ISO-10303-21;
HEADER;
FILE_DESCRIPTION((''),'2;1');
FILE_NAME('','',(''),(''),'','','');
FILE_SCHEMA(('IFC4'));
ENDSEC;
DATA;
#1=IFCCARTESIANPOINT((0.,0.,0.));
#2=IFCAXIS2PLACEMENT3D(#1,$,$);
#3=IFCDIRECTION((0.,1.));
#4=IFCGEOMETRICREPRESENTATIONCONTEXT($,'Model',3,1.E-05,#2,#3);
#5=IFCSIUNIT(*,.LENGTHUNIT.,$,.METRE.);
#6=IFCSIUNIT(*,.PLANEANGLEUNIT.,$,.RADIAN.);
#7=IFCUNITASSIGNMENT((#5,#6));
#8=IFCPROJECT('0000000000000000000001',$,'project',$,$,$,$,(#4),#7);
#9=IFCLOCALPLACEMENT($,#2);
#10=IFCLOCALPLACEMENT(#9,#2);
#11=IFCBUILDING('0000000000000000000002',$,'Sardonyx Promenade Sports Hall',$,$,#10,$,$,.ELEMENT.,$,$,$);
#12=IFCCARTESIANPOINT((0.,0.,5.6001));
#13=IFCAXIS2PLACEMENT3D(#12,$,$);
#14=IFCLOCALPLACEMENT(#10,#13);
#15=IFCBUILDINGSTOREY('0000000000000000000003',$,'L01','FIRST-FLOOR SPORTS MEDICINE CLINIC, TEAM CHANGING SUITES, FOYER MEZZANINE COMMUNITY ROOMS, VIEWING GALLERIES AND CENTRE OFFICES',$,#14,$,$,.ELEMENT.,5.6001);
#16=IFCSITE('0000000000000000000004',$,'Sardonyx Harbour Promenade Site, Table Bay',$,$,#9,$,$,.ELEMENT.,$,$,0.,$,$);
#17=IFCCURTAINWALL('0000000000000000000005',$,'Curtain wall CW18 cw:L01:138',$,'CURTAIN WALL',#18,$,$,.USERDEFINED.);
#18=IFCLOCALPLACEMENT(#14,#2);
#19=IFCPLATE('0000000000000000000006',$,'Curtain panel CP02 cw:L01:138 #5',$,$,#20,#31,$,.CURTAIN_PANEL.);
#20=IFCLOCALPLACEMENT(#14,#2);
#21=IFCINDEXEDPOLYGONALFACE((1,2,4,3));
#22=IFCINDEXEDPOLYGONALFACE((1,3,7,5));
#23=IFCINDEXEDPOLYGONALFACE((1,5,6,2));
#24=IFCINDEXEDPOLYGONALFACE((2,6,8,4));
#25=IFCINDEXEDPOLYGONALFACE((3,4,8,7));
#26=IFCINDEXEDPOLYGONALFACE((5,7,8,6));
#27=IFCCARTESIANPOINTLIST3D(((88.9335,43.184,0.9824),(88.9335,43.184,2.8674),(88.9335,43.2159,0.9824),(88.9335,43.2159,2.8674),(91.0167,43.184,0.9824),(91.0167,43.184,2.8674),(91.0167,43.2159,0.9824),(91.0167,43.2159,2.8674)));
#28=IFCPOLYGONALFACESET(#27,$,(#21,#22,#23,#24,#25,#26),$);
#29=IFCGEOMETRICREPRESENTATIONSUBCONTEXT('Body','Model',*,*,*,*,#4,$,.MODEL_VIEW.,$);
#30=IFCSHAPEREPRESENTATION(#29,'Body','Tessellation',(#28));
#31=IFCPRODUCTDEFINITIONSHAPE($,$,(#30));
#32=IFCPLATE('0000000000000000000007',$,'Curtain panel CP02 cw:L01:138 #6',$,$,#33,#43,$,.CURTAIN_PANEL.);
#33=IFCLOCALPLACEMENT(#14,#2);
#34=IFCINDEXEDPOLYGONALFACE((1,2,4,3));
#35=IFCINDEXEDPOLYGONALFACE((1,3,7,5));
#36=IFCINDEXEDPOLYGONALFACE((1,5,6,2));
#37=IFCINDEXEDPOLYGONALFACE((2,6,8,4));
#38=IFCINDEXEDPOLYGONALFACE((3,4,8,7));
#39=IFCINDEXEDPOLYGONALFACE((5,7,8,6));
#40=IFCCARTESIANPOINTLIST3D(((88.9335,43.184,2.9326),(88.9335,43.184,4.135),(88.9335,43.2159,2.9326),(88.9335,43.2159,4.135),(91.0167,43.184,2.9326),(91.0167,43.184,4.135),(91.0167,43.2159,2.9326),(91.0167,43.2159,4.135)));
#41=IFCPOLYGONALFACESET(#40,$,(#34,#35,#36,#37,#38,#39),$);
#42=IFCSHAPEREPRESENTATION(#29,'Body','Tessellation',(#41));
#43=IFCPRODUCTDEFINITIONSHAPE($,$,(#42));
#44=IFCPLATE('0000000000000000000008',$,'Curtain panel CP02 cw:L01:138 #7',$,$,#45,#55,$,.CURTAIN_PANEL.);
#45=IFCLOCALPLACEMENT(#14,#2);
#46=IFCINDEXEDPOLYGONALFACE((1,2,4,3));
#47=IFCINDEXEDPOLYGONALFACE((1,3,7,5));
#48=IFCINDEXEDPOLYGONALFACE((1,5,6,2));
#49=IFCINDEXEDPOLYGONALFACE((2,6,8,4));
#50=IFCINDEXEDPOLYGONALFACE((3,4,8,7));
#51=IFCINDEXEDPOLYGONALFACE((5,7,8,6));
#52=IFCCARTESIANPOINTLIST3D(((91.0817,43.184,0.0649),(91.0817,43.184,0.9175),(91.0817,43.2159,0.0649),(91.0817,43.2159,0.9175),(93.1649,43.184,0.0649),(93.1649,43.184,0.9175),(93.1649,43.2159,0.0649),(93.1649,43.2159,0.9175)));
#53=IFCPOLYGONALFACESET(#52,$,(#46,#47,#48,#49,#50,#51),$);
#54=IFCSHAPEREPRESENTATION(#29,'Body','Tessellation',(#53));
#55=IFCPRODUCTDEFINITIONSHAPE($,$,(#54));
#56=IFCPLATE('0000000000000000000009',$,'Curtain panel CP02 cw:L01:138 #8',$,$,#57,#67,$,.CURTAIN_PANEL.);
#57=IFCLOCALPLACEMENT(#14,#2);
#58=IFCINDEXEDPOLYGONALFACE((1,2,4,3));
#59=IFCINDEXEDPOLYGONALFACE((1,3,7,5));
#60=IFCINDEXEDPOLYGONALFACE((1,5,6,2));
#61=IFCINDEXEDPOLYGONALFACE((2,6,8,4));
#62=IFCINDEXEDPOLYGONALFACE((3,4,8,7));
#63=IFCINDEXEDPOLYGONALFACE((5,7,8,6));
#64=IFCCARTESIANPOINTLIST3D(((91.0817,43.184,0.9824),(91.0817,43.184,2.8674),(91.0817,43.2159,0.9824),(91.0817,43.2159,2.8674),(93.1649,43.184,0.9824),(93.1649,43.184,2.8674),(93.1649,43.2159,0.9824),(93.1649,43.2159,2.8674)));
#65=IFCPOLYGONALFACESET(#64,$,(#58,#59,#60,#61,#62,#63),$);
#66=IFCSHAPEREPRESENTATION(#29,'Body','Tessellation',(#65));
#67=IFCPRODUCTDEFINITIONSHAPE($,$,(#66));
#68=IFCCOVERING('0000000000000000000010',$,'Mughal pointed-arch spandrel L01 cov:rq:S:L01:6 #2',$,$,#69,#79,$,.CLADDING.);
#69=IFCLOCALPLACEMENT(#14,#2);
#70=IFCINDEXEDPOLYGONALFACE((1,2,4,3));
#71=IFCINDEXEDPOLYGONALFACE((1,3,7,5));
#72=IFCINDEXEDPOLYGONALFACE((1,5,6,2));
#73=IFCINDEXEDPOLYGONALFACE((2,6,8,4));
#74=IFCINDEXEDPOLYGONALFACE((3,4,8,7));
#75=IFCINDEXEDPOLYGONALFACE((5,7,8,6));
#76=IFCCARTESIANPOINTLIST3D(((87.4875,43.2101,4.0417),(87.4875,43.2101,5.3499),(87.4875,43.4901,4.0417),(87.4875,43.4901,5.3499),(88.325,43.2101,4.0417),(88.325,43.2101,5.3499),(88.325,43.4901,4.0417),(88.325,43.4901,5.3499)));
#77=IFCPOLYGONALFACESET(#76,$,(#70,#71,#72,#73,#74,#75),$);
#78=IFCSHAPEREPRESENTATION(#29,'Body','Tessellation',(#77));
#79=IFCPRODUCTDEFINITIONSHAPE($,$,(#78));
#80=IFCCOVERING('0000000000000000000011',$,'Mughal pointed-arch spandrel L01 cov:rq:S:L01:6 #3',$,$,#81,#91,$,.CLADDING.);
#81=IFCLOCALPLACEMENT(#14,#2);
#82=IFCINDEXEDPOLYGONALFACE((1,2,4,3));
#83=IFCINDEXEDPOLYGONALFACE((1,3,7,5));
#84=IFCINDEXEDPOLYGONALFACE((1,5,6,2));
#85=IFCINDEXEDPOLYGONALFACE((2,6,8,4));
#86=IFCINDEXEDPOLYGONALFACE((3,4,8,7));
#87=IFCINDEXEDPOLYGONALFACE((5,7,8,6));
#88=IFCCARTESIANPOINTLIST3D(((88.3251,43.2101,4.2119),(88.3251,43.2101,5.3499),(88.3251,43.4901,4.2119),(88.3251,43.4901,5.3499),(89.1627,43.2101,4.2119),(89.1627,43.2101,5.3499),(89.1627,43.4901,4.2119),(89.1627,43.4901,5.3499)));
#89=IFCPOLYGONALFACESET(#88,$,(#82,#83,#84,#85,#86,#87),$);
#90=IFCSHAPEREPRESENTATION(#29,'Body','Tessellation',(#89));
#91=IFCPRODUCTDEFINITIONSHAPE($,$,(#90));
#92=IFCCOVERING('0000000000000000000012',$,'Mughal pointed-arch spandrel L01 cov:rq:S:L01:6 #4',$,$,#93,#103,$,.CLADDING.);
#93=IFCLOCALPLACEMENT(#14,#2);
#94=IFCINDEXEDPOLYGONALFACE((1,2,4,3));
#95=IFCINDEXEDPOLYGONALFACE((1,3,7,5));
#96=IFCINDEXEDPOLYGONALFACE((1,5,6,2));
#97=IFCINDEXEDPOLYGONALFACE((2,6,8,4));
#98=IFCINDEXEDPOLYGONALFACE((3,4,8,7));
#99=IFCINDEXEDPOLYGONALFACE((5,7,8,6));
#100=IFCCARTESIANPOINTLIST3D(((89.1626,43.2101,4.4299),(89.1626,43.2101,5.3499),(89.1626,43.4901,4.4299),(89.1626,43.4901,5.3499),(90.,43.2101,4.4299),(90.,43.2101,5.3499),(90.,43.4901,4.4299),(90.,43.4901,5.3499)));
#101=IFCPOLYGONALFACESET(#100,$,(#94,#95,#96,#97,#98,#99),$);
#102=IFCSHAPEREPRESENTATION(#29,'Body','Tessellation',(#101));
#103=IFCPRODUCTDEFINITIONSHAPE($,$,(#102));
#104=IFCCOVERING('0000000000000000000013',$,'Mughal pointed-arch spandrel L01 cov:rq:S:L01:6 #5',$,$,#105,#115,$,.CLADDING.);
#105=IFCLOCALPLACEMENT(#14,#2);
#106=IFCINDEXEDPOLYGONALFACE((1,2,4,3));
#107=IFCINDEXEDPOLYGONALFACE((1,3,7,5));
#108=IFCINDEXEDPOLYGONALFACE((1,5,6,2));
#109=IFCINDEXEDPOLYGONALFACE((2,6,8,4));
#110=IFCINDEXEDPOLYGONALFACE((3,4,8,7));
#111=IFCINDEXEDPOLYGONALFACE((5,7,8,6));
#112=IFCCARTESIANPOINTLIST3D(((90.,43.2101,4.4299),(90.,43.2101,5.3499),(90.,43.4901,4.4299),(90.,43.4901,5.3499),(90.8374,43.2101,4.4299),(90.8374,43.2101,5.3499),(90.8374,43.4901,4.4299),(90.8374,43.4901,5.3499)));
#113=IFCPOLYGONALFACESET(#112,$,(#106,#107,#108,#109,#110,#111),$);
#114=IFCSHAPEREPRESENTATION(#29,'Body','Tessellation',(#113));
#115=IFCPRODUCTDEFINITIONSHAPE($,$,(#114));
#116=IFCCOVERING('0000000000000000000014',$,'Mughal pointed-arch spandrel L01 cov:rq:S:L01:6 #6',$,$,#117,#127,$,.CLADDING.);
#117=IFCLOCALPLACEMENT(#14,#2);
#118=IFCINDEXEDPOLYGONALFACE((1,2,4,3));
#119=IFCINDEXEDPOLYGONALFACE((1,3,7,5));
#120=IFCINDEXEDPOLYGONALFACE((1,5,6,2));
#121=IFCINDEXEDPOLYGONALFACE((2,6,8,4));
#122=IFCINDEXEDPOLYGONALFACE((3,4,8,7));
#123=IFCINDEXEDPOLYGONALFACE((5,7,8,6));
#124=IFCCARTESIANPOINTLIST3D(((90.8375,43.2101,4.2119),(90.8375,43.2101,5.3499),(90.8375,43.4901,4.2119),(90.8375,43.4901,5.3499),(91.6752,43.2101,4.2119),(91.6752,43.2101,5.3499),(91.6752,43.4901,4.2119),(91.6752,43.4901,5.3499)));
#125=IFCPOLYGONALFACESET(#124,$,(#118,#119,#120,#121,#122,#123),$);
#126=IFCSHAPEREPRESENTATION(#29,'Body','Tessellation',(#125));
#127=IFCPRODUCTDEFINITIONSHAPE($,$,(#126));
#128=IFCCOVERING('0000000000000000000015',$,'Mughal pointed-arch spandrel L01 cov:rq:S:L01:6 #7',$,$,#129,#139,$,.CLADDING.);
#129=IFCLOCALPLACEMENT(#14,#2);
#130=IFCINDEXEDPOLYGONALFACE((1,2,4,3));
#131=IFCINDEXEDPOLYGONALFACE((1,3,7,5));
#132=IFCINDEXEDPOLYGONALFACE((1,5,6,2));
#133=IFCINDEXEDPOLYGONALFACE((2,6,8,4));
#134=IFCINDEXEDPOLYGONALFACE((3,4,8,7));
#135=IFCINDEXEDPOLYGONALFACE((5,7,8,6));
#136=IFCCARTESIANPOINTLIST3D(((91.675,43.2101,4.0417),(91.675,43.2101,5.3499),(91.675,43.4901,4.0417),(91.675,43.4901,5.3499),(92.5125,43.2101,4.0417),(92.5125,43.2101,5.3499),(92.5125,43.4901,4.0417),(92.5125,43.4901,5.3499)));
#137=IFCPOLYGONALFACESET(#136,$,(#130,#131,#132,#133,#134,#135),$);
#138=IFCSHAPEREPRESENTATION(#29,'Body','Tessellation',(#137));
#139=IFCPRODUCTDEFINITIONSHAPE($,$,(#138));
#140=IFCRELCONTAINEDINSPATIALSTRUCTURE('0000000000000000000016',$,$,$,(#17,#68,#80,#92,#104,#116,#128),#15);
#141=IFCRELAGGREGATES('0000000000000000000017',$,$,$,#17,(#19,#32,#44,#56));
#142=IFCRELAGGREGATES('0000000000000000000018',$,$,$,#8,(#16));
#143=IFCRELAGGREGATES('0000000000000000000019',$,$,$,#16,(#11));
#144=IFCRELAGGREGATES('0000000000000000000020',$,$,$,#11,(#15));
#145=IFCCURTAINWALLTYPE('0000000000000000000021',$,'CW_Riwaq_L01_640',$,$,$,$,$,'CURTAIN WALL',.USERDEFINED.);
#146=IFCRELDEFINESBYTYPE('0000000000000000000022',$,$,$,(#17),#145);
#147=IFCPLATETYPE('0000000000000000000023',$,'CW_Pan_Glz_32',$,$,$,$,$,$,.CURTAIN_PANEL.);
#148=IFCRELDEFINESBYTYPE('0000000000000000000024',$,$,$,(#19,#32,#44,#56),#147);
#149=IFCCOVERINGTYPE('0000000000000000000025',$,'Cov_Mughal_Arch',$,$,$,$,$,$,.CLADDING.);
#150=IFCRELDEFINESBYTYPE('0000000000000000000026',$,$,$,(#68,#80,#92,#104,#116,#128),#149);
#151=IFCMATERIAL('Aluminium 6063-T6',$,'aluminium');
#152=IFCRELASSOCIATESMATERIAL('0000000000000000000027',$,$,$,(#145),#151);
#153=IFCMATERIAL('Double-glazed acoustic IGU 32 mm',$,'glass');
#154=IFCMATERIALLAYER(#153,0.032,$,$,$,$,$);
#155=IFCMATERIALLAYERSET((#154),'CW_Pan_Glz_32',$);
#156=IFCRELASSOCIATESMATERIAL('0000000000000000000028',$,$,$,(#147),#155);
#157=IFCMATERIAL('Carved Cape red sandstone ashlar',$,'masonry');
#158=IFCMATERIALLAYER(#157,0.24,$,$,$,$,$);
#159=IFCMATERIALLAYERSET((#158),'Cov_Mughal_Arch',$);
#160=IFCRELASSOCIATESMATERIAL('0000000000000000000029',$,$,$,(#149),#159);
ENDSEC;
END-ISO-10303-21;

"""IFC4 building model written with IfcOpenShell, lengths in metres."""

from ifc_helpers import new_model, si_unit, direction, frame, frame_2d, origin, origin_2d, place, context, subcontext, project, spatial, rectangle, extrude, material, layer, layer_set, type_object, element, aggregate, save


model = new_model("IFC4")

# Units and contexts
model_context = context("Model", 3, precision=1e-05, world=origin(), true_north=direction((0.0, 1.0)))
body_context = subcontext(model_context, "Body", "Model", "MODEL_VIEW")
ifc_project = project(units=[si_unit("LENGTHUNIT", "METRE"), si_unit("PLANEANGLEUNIT", "RADIAN")], contexts=[model_context])

# Site, building, storey
site_placement = place(None, origin())
site = spatial("IfcSite", under=ifc_project, at=site_placement, Name="Sardonyx Harbour Promenade Site, Table Bay", CompositionType="ELEMENT", RefElevation=0.0)
building_placement = place(site_placement, origin())
building = spatial("IfcBuilding", under=site, at=building_placement, Name="Sardonyx Promenade Sports Hall", CompositionType="ELEMENT")
storey_placement = place(building_placement, frame((0.0, 0.0, 5.6001)))
storey = spatial("IfcBuildingStorey", under=building, at=storey_placement, Name="L01", Description="FIRST-FLOOR SPORTS MEDICINE CLINIC, TEAM CHANGING SUITES, FOYER MEZZANINE COMMUNITY ROOMS, VIEWING GALLERIES AND CENTRE OFFICES", CompositionType="ELEMENT", Elevation=5.6001)

# Curtain wall, plates
ifc_material_1 = material(Name="Aluminium 6063-T6", Category="aluminium")
curtain_wall_type = type_object("IfcCurtainWallType", Name="CW_Riwaq_L01_640", ElementType="CURTAIN WALL", PredefinedType="USERDEFINED", material=ifc_material_1)
curtain_wall_placement = place(storey_placement, origin())
curtain_wall = element("IfcCurtainWall", 1, at=curtain_wall_placement, inside=storey, type_object=curtain_wall_type, Name="Curtain wall CW18 cw:L01:138", ObjectType="CURTAIN WALL", PredefinedType="USERDEFINED")
ifc_material_2 = material(Name="Double-glazed acoustic IGU 32 mm", Category="glass")
ifc_layer_1 = layer(ifc_material_2, 0.032)
ifc_layer_set_1 = layer_set([ifc_layer_1], Name="CW_Pan_Glz_32")
plate_type = type_object("IfcPlateType", Name="CW_Pan_Glz_32", PredefinedType="CURTAIN_PANEL", material=ifc_layer_set_1)
plate_1_placement = place(storey_placement, frame((89.9751, 43.2, 0.9824), z_axis=(0.0, 0.0, 1.0), x_axis=(1.0, 0.0, 0.0)))
plate_1 = element("IfcPlate", 2, at=plate_1_placement, type_object=plate_type, Name="Curtain panel CP02 cw:L01:138 #5", PredefinedType="CURTAIN_PANEL", context=body_context, shape_type="SweptSolid", body=[
    extrude(rectangle(XDim=2.0833, YDim=0.032, at=origin_2d()), origin(), (0.0, 0.0, 1.0), 1.885),
])
plate_2_placement = place(storey_placement, frame((89.9751, 43.2, 2.9326), z_axis=(0.0, 0.0, 1.0), x_axis=(1.0, 0.0, 0.0)))
plate_2 = element("IfcPlate", 3, at=plate_2_placement, type_object=plate_type, Name="Curtain panel CP02 cw:L01:138 #6", PredefinedType="CURTAIN_PANEL", context=body_context, shape_type="SweptSolid", body=[
    extrude(rectangle(XDim=2.0833, YDim=0.032, at=origin_2d()), origin(), (0.0, 0.0, 1.0), 1.2024),
])
plate_3_placement = place(storey_placement, frame((92.1233, 43.2, 0.0649), z_axis=(0.0, 0.0, 1.0), x_axis=(1.0, 0.0, 0.0)))
plate_3 = element("IfcPlate", 4, at=plate_3_placement, type_object=plate_type, Name="Curtain panel CP02 cw:L01:138 #7", PredefinedType="CURTAIN_PANEL", context=body_context, shape_type="SweptSolid", body=[
    extrude(rectangle(XDim=2.0833, YDim=0.032, at=origin_2d()), origin(), (0.0, 0.0, 1.0), 0.8525),
])
plate_4_placement = place(storey_placement, frame((92.1233, 43.2, 0.9824), z_axis=(0.0, 0.0, 1.0), x_axis=(1.0, 0.0, 0.0)))
plate_4 = element("IfcPlate", 5, at=plate_4_placement, type_object=plate_type, Name="Curtain panel CP02 cw:L01:138 #8", PredefinedType="CURTAIN_PANEL", context=body_context, shape_type="SweptSolid", body=[
    extrude(rectangle(XDim=2.0833, YDim=0.032, at=origin_2d()), origin(), (0.0, 0.0, 1.0), 1.885),
])
aggregate(curtain_wall, [plate_1, plate_2, plate_3, plate_4])

# Coverings
ifc_material_3 = material(Name="Carved Cape red sandstone ashlar", Category="masonry")
ifc_layer_2 = layer(ifc_material_3, 0.24)
ifc_layer_set_2 = layer_set([ifc_layer_2], Name="Cov_Mughal_Arch")
covering_type = type_object("IfcCoveringType", Name="Cov_Mughal_Arch", PredefinedType="CLADDING", material=ifc_layer_set_2)
covering_1_placement = place(storey_placement, frame((87.4875, 43.3501, 4.0417), z_axis=(0.0, 0.0, 1.0), x_axis=(1.0, 0.0, 0.0)))
element("IfcCovering", 6, at=covering_1_placement, inside=storey, type_object=covering_type, Name="Mughal pointed-arch spandrel L01 cov:rq:S:L01:6 #2", PredefinedType="CLADDING", context=body_context, shape_type="SweptSolid", body=[
    extrude(rectangle(XDim=0.8374, YDim=0.28, at=frame_2d((0.4187, 0.0))), origin(), (0.0, 0.0, 1.0), 1.3081),
])
covering_2_placement = place(storey_placement, frame((88.325, 43.3501, 4.2119), z_axis=(0.0, 0.0, 1.0), x_axis=(1.0, 0.0, 0.0)))
element("IfcCovering", 7, at=covering_2_placement, inside=storey, type_object=covering_type, Name="Mughal pointed-arch spandrel L01 cov:rq:S:L01:6 #3", PredefinedType="CLADDING", context=body_context, shape_type="SweptSolid", body=[
    extrude(rectangle(XDim=0.8376, YDim=0.28, at=frame_2d((0.4189, 0.0))), origin(), (0.0, 0.0, 1.0), 1.1379),
])
for number, where, z_axis, x_axis, name in (
    (8, (89.1626, 43.3501, 4.4299), (0.0, 0.0, 1.0), (1.0, 0.0, 0.0), "Mughal pointed-arch spandrel L01 cov:rq:S:L01:6 #4"),
    (9, (90.0, 43.3501, 4.4299), (0.0, 0.0, 1.0), (1.0, 0.0, 0.0), "Mughal pointed-arch spandrel L01 cov:rq:S:L01:6 #5"),
):
    element("IfcCovering", number, at=place(storey_placement, frame(where, z_axis=z_axis, x_axis=x_axis)), inside=storey, type_object=covering_type, Name=name, PredefinedType="CLADDING", context=body_context, shape_type="SweptSolid", body=[
        extrude(rectangle(XDim=0.8374, YDim=0.28, at=frame_2d((0.4187, 0.0))), origin(), (0.0, 0.0, 1.0), 0.9199),
    ])
covering_3_placement = place(storey_placement, frame((90.8374, 43.3501, 4.2119), z_axis=(0.0, 0.0, 1.0), x_axis=(1.0, 0.0, 0.0)))
element("IfcCovering", 10, at=covering_3_placement, inside=storey, type_object=covering_type, Name="Mughal pointed-arch spandrel L01 cov:rq:S:L01:6 #6", PredefinedType="CLADDING", context=body_context, shape_type="SweptSolid", body=[
    extrude(rectangle(XDim=0.8376, YDim=0.28, at=frame_2d((0.4189, 0.0))), origin(), (0.0, 0.0, 1.0), 1.1379),
])
covering_4_placement = place(storey_placement, frame((91.675, 43.3501, 4.0417), z_axis=(0.0, 0.0, 1.0), x_axis=(1.0, 0.0, 0.0)))
element("IfcCovering", 11, at=covering_4_placement, inside=storey, type_object=covering_type, Name="Mughal pointed-arch spandrel L01 cov:rq:S:L01:6 #7", PredefinedType="CLADDING", context=body_context, shape_type="SweptSolid", body=[
    extrude(rectangle(XDim=0.8374, YDim=0.28, at=frame_2d((0.4187, 0.0))), origin(), (0.0, 0.0, 1.0), 1.3081),
])

save(model, "model.ifc")
